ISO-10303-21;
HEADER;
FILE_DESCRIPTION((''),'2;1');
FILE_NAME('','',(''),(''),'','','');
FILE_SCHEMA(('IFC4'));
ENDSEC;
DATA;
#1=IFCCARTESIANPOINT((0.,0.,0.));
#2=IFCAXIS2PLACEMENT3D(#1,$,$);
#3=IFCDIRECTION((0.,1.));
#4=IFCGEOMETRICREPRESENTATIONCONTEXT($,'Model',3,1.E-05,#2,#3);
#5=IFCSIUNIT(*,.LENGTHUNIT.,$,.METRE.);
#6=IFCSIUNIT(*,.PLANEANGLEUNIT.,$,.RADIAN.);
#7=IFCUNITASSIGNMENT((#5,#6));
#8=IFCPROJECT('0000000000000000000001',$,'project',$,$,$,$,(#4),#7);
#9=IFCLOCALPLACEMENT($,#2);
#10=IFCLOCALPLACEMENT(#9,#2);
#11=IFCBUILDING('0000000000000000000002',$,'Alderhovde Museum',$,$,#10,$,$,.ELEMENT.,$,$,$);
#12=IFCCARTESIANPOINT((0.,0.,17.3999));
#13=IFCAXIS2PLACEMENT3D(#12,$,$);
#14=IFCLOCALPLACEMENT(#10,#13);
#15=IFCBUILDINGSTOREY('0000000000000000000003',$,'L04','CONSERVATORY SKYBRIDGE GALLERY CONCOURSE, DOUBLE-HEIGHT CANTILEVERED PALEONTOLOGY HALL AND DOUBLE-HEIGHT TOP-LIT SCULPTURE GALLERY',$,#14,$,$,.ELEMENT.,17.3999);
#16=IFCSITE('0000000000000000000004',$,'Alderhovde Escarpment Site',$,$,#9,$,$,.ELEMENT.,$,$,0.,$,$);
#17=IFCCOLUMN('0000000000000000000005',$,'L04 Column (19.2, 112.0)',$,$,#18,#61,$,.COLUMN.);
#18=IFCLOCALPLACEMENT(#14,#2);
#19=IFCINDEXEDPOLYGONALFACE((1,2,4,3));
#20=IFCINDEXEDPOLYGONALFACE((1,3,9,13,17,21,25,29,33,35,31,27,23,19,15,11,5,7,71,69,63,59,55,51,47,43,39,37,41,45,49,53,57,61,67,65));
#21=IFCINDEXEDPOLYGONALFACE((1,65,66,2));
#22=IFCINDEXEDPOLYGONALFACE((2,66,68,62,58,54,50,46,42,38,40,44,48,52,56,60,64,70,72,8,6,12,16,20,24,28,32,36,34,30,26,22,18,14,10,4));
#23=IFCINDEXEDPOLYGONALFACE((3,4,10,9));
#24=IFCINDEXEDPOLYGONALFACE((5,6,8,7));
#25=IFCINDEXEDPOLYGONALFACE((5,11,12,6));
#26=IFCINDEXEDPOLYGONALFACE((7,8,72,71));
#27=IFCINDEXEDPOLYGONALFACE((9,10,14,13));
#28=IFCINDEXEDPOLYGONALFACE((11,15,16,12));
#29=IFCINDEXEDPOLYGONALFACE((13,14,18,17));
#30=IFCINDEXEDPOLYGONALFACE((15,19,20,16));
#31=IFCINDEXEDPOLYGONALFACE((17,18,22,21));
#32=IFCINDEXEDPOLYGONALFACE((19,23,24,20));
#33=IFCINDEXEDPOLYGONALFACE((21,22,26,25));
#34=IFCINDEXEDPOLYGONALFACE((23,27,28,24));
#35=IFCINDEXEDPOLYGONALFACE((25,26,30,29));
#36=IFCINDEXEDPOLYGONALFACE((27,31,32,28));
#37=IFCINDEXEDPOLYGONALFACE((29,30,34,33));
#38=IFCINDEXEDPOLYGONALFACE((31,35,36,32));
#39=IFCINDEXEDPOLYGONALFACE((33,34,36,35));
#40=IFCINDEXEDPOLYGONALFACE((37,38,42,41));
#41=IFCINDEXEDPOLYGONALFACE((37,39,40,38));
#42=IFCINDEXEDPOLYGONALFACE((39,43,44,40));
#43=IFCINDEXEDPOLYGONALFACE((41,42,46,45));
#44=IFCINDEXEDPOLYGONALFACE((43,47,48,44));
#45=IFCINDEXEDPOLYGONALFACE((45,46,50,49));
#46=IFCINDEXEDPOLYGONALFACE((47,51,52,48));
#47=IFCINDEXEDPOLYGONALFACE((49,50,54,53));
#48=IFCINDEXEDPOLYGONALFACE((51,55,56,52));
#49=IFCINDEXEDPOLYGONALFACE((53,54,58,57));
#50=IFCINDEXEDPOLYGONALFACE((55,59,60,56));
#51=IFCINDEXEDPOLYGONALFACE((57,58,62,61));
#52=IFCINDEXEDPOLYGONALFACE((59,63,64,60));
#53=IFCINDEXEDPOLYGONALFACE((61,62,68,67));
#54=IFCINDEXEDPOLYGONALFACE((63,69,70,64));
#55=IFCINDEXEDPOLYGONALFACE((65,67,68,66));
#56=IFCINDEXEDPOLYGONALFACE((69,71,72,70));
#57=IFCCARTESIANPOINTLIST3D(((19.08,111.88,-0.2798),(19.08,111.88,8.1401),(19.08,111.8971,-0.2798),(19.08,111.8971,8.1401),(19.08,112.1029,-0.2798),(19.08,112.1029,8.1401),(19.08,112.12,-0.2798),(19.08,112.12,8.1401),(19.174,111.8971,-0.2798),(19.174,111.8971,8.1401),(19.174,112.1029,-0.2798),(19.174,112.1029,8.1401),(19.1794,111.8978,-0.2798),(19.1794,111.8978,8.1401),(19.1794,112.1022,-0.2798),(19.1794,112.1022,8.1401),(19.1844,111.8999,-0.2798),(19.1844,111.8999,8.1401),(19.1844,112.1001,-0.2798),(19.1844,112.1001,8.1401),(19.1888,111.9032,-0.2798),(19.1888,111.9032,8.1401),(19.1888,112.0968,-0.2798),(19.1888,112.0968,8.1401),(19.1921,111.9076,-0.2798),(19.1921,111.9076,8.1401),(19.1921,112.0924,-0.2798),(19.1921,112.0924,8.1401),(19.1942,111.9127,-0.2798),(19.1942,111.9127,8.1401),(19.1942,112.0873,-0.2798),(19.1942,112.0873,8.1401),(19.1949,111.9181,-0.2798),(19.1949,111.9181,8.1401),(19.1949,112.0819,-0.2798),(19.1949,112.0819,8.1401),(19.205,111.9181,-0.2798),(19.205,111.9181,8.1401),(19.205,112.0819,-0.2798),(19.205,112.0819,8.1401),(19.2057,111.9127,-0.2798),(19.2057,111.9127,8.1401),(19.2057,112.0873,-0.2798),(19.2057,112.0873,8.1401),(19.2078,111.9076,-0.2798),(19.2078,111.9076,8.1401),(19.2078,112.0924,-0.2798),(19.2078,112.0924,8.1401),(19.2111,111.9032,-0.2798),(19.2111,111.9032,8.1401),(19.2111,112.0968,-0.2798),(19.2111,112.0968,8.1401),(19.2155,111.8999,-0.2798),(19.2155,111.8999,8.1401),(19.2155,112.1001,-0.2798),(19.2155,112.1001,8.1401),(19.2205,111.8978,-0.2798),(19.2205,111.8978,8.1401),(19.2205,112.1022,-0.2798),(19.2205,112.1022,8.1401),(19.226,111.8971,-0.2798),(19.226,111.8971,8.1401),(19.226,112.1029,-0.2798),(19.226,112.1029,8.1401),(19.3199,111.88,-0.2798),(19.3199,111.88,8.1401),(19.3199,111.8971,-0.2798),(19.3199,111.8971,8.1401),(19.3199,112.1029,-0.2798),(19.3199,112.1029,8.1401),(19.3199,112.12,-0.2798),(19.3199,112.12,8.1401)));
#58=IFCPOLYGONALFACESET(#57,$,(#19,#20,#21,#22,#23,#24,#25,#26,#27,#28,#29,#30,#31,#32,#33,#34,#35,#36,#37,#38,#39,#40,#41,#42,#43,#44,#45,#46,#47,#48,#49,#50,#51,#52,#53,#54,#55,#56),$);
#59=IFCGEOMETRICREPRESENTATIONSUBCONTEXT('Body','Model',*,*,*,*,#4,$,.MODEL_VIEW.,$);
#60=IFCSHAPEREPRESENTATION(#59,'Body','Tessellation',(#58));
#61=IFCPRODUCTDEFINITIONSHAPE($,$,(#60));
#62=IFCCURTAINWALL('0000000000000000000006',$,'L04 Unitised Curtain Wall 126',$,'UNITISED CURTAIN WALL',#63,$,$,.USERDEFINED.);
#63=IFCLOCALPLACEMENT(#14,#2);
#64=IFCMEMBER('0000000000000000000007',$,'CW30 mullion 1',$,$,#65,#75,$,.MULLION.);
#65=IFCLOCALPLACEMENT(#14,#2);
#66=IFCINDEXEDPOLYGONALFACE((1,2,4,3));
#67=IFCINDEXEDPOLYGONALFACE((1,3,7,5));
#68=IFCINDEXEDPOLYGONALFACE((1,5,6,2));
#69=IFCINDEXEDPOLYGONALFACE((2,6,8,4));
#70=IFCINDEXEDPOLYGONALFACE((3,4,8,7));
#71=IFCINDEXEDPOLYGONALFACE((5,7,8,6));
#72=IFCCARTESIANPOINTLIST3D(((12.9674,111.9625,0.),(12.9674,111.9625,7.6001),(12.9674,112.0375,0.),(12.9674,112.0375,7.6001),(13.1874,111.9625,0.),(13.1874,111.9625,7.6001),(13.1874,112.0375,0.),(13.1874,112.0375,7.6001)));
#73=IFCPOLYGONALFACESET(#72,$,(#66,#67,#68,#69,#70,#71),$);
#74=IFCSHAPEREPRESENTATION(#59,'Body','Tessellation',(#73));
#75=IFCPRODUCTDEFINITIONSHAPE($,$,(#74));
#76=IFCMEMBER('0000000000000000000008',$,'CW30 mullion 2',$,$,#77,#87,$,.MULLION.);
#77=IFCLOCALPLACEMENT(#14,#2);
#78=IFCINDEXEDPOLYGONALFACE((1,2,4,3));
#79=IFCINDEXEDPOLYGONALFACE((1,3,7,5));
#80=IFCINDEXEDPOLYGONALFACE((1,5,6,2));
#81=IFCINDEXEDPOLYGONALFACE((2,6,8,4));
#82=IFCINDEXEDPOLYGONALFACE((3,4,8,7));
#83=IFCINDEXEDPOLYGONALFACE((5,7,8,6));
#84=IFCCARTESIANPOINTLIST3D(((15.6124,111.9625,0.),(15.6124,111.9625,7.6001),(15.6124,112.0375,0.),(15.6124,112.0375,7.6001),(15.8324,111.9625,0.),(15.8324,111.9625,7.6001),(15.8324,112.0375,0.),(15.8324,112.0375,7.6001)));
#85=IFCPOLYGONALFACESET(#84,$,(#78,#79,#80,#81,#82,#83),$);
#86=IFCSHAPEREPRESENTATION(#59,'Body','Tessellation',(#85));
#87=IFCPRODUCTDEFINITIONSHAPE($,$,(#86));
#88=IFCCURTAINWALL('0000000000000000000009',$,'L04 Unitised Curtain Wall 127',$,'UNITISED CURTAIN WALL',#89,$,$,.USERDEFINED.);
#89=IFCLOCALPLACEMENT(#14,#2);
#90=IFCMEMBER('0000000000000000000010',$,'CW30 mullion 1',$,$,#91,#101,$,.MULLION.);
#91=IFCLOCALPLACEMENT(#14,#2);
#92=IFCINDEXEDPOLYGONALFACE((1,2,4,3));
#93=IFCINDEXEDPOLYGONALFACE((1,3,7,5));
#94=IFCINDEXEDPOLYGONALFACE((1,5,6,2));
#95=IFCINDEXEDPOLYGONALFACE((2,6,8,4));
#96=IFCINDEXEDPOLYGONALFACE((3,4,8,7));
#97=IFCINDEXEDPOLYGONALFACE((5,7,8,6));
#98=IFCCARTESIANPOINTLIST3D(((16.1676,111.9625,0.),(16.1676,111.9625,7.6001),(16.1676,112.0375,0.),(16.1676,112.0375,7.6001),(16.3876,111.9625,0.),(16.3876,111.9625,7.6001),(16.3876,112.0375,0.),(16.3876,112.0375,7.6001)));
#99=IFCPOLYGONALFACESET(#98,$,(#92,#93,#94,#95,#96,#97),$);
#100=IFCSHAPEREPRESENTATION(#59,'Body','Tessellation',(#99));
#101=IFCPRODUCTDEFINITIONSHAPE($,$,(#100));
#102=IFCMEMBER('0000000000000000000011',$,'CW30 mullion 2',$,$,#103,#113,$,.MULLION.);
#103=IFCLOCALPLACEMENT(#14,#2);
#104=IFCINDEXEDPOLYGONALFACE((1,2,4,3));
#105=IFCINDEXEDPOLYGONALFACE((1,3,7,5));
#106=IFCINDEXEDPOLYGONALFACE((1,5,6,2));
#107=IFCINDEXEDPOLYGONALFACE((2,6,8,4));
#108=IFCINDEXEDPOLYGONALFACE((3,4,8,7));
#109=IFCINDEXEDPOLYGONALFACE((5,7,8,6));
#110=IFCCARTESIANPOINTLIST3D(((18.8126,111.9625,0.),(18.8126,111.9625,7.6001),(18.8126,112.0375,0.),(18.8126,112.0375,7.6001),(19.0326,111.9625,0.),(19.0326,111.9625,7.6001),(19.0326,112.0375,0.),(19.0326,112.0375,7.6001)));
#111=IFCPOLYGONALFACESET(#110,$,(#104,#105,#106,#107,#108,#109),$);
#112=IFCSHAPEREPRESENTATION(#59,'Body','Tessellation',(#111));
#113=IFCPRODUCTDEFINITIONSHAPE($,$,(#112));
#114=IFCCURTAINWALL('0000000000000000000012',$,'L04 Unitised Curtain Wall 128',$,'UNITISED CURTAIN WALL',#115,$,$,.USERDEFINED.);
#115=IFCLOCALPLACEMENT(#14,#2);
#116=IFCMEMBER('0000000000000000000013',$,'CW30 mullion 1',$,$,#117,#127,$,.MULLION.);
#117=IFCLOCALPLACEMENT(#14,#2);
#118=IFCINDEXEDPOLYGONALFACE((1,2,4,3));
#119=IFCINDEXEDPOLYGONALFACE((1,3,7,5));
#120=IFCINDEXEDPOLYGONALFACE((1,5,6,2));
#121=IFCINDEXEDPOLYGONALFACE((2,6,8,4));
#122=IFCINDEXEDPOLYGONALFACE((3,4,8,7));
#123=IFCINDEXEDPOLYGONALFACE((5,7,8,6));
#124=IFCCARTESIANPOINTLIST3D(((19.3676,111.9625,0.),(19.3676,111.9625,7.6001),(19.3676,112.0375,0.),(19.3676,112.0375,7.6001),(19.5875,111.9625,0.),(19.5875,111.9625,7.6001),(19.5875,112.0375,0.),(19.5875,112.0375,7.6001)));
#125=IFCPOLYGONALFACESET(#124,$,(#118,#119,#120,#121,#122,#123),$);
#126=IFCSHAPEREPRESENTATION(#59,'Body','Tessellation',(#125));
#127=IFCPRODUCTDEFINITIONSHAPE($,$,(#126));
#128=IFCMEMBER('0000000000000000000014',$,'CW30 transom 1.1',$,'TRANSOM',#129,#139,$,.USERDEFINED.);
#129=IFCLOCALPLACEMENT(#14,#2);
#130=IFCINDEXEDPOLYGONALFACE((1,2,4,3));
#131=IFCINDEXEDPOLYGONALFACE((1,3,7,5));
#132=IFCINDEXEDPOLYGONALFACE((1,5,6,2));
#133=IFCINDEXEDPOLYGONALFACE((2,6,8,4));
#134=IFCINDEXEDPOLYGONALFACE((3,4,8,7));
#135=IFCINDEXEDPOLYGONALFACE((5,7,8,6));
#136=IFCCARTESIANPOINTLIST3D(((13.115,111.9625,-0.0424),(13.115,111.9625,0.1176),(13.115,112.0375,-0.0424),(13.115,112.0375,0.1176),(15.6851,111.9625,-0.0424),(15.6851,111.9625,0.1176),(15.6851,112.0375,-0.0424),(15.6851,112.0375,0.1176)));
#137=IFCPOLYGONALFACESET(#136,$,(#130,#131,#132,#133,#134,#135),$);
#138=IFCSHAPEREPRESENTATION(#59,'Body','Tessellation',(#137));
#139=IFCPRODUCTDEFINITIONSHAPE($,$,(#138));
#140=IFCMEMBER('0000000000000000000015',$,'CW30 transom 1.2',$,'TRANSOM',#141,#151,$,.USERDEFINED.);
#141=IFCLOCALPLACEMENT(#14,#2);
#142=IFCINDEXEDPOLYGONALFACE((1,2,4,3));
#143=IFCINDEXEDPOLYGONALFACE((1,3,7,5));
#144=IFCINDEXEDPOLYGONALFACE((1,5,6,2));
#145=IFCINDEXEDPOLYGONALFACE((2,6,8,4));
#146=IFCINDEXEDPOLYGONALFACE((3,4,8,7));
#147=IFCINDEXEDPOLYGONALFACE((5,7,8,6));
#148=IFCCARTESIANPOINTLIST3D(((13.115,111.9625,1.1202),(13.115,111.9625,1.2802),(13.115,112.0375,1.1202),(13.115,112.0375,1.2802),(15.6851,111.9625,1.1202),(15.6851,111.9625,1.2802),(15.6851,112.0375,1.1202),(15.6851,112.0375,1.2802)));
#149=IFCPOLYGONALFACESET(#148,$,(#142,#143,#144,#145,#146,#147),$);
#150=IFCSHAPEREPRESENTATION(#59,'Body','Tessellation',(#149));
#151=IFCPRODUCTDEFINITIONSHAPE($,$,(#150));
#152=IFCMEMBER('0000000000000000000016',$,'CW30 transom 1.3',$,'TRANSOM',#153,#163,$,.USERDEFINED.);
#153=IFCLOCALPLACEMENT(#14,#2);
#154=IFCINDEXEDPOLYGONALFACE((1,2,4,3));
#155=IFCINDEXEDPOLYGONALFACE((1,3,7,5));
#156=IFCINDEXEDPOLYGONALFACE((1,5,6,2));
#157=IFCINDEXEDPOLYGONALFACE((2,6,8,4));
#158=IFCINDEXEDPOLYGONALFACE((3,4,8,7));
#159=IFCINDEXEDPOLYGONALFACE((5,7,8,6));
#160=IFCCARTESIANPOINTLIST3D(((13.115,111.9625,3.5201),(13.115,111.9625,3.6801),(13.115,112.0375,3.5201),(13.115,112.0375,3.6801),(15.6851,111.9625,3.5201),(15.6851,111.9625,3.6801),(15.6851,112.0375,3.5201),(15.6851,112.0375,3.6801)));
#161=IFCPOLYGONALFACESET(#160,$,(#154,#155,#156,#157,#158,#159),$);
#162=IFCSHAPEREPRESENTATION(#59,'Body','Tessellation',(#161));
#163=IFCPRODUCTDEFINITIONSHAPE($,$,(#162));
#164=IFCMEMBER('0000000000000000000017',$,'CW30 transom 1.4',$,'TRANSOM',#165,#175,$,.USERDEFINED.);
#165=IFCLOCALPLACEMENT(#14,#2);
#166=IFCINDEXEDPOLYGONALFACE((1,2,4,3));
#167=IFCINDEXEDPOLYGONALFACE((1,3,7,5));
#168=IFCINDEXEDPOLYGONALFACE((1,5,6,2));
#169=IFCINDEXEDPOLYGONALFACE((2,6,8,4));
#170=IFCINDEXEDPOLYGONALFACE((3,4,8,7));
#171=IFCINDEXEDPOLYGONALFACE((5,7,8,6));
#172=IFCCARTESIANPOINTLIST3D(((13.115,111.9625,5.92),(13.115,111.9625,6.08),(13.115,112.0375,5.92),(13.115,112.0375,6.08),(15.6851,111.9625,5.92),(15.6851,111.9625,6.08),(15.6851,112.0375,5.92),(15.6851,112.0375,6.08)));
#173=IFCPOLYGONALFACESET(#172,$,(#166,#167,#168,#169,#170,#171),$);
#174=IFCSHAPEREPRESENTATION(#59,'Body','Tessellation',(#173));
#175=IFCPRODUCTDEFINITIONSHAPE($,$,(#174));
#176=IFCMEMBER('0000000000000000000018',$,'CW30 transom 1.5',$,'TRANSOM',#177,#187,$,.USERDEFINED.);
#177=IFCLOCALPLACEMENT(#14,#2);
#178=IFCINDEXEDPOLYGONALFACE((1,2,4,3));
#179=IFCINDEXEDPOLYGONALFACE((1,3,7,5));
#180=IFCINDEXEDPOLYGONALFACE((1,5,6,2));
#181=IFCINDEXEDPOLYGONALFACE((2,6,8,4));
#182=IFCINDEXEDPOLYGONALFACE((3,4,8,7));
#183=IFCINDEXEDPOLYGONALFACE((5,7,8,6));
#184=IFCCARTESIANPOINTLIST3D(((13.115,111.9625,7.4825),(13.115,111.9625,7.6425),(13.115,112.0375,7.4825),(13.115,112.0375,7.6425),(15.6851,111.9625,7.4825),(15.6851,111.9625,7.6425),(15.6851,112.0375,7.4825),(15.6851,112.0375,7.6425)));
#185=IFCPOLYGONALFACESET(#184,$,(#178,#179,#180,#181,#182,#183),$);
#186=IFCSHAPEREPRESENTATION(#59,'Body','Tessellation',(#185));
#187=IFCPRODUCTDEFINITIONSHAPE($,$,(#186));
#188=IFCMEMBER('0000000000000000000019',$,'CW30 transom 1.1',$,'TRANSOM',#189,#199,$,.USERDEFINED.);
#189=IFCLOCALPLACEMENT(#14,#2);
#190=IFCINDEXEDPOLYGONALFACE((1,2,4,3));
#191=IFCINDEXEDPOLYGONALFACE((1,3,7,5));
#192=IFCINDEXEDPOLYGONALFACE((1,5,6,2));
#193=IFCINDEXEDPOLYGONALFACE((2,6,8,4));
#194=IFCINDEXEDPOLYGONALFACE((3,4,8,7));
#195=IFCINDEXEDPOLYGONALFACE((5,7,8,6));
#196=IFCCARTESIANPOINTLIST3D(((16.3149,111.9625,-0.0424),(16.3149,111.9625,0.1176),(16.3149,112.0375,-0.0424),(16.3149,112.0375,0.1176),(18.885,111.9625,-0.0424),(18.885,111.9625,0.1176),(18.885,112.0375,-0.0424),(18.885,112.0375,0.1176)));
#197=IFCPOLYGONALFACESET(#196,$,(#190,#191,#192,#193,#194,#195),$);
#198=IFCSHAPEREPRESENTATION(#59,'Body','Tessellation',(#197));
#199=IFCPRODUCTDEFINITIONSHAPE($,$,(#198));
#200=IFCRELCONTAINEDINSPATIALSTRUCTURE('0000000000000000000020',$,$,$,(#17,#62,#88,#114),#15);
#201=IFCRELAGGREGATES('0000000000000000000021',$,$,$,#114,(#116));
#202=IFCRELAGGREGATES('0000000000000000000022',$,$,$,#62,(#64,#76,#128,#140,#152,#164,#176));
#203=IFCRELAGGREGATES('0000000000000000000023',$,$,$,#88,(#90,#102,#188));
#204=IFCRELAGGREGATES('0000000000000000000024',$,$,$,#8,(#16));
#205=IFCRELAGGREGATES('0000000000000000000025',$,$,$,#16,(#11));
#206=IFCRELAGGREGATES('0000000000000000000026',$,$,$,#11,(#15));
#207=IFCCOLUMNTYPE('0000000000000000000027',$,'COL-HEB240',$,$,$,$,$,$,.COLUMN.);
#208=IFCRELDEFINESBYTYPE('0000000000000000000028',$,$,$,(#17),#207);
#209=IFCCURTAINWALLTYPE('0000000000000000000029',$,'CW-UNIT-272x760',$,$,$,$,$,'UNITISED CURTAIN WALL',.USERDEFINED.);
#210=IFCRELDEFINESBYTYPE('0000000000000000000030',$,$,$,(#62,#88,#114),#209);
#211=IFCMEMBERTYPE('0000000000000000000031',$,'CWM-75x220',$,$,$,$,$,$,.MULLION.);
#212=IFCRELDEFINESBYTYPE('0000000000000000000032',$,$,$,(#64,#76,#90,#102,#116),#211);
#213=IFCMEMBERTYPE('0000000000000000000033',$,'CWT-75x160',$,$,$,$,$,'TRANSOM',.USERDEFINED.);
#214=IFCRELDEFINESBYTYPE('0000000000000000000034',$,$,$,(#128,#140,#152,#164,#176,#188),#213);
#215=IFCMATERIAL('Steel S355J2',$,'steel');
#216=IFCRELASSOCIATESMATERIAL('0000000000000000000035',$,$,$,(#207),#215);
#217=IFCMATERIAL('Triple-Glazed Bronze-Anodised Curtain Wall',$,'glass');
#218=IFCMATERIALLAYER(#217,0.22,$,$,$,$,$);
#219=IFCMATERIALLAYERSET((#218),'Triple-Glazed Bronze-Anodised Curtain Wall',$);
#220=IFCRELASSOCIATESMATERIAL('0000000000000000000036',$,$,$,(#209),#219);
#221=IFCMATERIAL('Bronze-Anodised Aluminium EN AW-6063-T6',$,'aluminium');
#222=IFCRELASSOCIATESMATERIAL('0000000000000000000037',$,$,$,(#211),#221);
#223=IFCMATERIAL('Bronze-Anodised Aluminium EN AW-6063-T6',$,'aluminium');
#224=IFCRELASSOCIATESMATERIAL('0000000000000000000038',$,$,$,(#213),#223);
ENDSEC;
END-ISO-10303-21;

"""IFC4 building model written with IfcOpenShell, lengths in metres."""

from ifc_helpers import new_model, si_unit, direction, frame, origin, origin_2d, place, context, subcontext, project, spatial, rectangle, i_section, extrude, material, layer, layer_set, material_profile, profile_set, type_object, element, aggregate, save


model = new_model("IFC4")

# Units and contexts
model_context = context("Model", 3, precision=1e-05, world=origin(), true_north=direction((0.0, 1.0)))
body_context = subcontext(model_context, "Body", "Model", "MODEL_VIEW")
ifc_project = project(units=[si_unit("LENGTHUNIT", "METRE"), si_unit("PLANEANGLEUNIT", "RADIAN")], contexts=[model_context])

# Site, building, storey
site_placement = place(None, origin())
site = spatial("IfcSite", under=ifc_project, at=site_placement, Name="Alderhovde Escarpment Site", CompositionType="ELEMENT", RefElevation=0.0)
building_placement = place(site_placement, origin())
building = spatial("IfcBuilding", under=site, at=building_placement, Name="Alderhovde Museum", CompositionType="ELEMENT")
storey_placement = place(building_placement, frame((0.0, 0.0, 17.3999)))
storey = spatial("IfcBuildingStorey", under=building, at=storey_placement, Name="L04", Description="CONSERVATORY SKYBRIDGE GALLERY CONCOURSE, DOUBLE-HEIGHT CANTILEVERED PALEONTOLOGY HALL AND DOUBLE-HEIGHT TOP-LIT SCULPTURE GALLERY", CompositionType="ELEMENT", Elevation=17.3999)

# Column
ifc_material_1 = material(Name="Steel S355J2", Category="steel")
ifc_material_profile_1 = material_profile(ifc_material_1, i_section(OverallWidth=0.24, OverallDepth=0.24, WebThickness=0.01, FlangeThickness=0.0171, FilletRadius=0.021, at=origin_2d()), Name="HEB 240")
ifc_profile_set_1 = profile_set([ifc_material_profile_1], Name="Steel S355J2")
column_type = type_object("IfcColumnType", Name="COL-HEB240", PredefinedType="COLUMN", material=ifc_profile_set_1)
column_placement = place(storey_placement, frame((19.2, 112.0, -0.2798), z_axis=(0.0, 0.0, 1.0), x_axis=(1.0, 0.0, 0.0)))
element("IfcColumn", 1, at=column_placement, inside=storey, type_object=column_type, Name="L04 Column (19.2, 112.0)", PredefinedType="COLUMN", context=body_context, shape_type="SweptSolid", body=[
    extrude(i_section(OverallWidth=0.24, OverallDepth=0.24, WebThickness=0.01, FlangeThickness=0.0171, FilletRadius=0.021, at=origin_2d()), origin(), (0.0, 0.0, 1.0), 8.4199),
])

# Curtain walls, members
ifc_material_2 = material(Name="Triple-Glazed Bronze-Anodised Curtain Wall", Category="glass")
ifc_layer_1 = layer(ifc_material_2, 0.22)
ifc_layer_set_1 = layer_set([ifc_layer_1], Name="Triple-Glazed Bronze-Anodised Curtain Wall")
curtain_wall_type = type_object("IfcCurtainWallType", Name="CW-UNIT-272x760", ElementType="UNITISED CURTAIN WALL", PredefinedType="USERDEFINED", material=ifc_layer_set_1)
curtain_wall_1_placement = place(storey_placement, origin())
curtain_wall_1 = element("IfcCurtainWall", 2, at=curtain_wall_1_placement, inside=storey, type_object=curtain_wall_type, Name="L04 Unitised Curtain Wall 126", ObjectType="UNITISED CURTAIN WALL", PredefinedType="USERDEFINED")
ifc_material_3 = material(Name="Bronze-Anodised Aluminium EN AW-6063-T6", Category="aluminium")
ifc_material_profile_2 = material_profile(ifc_material_3, rectangle(XDim=0.075, YDim=0.22, at=origin_2d()), Name="MULLION 75x220")
ifc_profile_set_2 = profile_set([ifc_material_profile_2], Name="Bronze-Anodised Aluminium EN AW-6063-T6")
member_type_1 = type_object("IfcMemberType", Name="CWM-75x220", PredefinedType="MULLION", material=ifc_profile_set_2)
member_1_placement = place(storey_placement, frame((13.0774, 112.0, 0.0), z_axis=(0.0, 0.0, 1.0), x_axis=(0.0, 1.0, 0.0)))
member_1 = element("IfcMember", 3, at=member_1_placement, type_object=member_type_1, Name="CW30 mullion 1", PredefinedType="MULLION", context=body_context, shape_type="SweptSolid", body=[
    extrude(rectangle(XDim=0.075, YDim=0.22, at=origin_2d()), origin(), (0.0, 0.0, 1.0), 7.6001),
])
member_2_placement = place(storey_placement, frame((15.7224, 112.0, 0.0), z_axis=(0.0, 0.0, 1.0), x_axis=(0.0, 1.0, 0.0)))
member_2 = element("IfcMember", 4, at=member_2_placement, type_object=member_type_1, Name="CW30 mullion 2", PredefinedType="MULLION", context=body_context, shape_type="SweptSolid", body=[
    extrude(rectangle(XDim=0.075, YDim=0.22, at=origin_2d()), origin(), (0.0, 0.0, 1.0), 7.6001),
])
curtain_wall_2_placement = place(storey_placement, origin())
curtain_wall_2 = element("IfcCurtainWall", 5, at=curtain_wall_2_placement, inside=storey, type_object=curtain_wall_type, Name="L04 Unitised Curtain Wall 127", ObjectType="UNITISED CURTAIN WALL", PredefinedType="USERDEFINED")
member_3_placement = place(storey_placement, frame((16.2776, 112.0, 0.0), z_axis=(0.0, 0.0, 1.0), x_axis=(0.0, 1.0, 0.0)))
member_3 = element("IfcMember", 6, at=member_3_placement, type_object=member_type_1, Name="CW30 mullion 1", PredefinedType="MULLION", context=body_context, shape_type="SweptSolid", body=[
    extrude(rectangle(XDim=0.075, YDim=0.22, at=origin_2d()), origin(), (0.0, 0.0, 1.0), 7.6001),
])
member_4_placement = place(storey_placement, frame((18.9226, 112.0, 0.0), z_axis=(0.0, 0.0, 1.0), x_axis=(0.0, 1.0, 0.0)))
member_4 = element("IfcMember", 7, at=member_4_placement, type_object=member_type_1, Name="CW30 mullion 2", PredefinedType="MULLION", context=body_context, shape_type="SweptSolid", body=[
    extrude(rectangle(XDim=0.075, YDim=0.22, at=origin_2d()), origin(), (0.0, 0.0, 1.0), 7.6001),
])

# Curtain wall, member
curtain_wall_3_placement = place(storey_placement, origin())
curtain_wall_3 = element("IfcCurtainWall", 8, at=curtain_wall_3_placement, inside=storey, type_object=curtain_wall_type, Name="L04 Unitised Curtain Wall 128", ObjectType="UNITISED CURTAIN WALL", PredefinedType="USERDEFINED")
member_5_placement = place(storey_placement, frame((19.4775, 112.0, 0.0), z_axis=(0.0, 0.0, 1.0), x_axis=(0.0, 1.0, 0.0)))
member_5 = element("IfcMember", 9, at=member_5_placement, type_object=member_type_1, Name="CW30 mullion 1", PredefinedType="MULLION", context=body_context, shape_type="SweptSolid", body=[
    extrude(rectangle(XDim=0.075, YDim=0.22, at=origin_2d()), origin(), (0.0, 0.0, 1.0), 7.6001),
])

# Members
ifc_material_4 = material(Name="Bronze-Anodised Aluminium EN AW-6063-T6", Category="aluminium")
ifc_material_profile_3 = material_profile(ifc_material_4, rectangle(XDim=0.075, YDim=0.1599, at=origin_2d()), Name="TRANSOM 75x160")
ifc_profile_set_3 = profile_set([ifc_material_profile_3], Name="Bronze-Anodised Aluminium EN AW-6063-T6")
member_type_2 = type_object("IfcMemberType", Name="CWT-75x160", ElementType="TRANSOM", PredefinedType="USERDEFINED", material=ifc_profile_set_3)
member_6_placement = place(storey_placement, frame((13.115, 112.0, 0.0376), z_axis=(1.0, 0.0, 0.0), x_axis=(0.0, 1.0, 0.0)))
member_6 = element("IfcMember", 10, at=member_6_placement, type_object=member_type_2, Name="CW30 transom 1.1", ObjectType="TRANSOM", PredefinedType="USERDEFINED", context=body_context, shape_type="SweptSolid", body=[
    extrude(rectangle(XDim=0.075, YDim=0.1599, at=origin_2d()), origin(), (0.0, 0.0, 1.0), 2.5701),
])
member_7_placement = place(storey_placement, frame((13.115, 112.0, 1.2002), z_axis=(1.0, 0.0, 0.0), x_axis=(0.0, 1.0, 0.0)))
member_7 = element("IfcMember", 11, at=member_7_placement, type_object=member_type_2, Name="CW30 transom 1.2", ObjectType="TRANSOM", PredefinedType="USERDEFINED", context=body_context, shape_type="SweptSolid", body=[
    extrude(rectangle(XDim=0.075, YDim=0.1599, at=origin_2d()), origin(), (0.0, 0.0, 1.0), 2.5701),
])
member_8_placement = place(storey_placement, frame((13.115, 112.0, 3.6001), z_axis=(1.0, 0.0, 0.0), x_axis=(0.0, 1.0, 0.0)))
member_8 = element("IfcMember", 12, at=member_8_placement, type_object=member_type_2, Name="CW30 transom 1.3", ObjectType="TRANSOM", PredefinedType="USERDEFINED", context=body_context, shape_type="SweptSolid", body=[
    extrude(rectangle(XDim=0.075, YDim=0.1599, at=origin_2d()), origin(), (0.0, 0.0, 1.0), 2.5701),
])
member_9_placement = place(storey_placement, frame((13.115, 112.0, 6.0), z_axis=(1.0, 0.0, 0.0), x_axis=(0.0, 1.0, 0.0)))
member_9 = element("IfcMember", 13, at=member_9_placement, type_object=member_type_2, Name="CW30 transom 1.4", ObjectType="TRANSOM", PredefinedType="USERDEFINED", context=body_context, shape_type="SweptSolid", body=[
    extrude(rectangle(XDim=0.075, YDim=0.1599, at=origin_2d()), origin(), (0.0, 0.0, 1.0), 2.5701),
])
member_10_placement = place(storey_placement, frame((13.115, 112.0, 7.5625), z_axis=(1.0, 0.0, 0.0), x_axis=(0.0, 1.0, 0.0)))
member_10 = element("IfcMember", 14, at=member_10_placement, type_object=member_type_2, Name="CW30 transom 1.5", ObjectType="TRANSOM", PredefinedType="USERDEFINED", context=body_context, shape_type="SweptSolid", body=[
    extrude(rectangle(XDim=0.075, YDim=0.1599, at=origin_2d()), origin(), (0.0, 0.0, 1.0), 2.5701),
])
member_11_placement = place(storey_placement, frame((16.3149, 112.0, 0.0376), z_axis=(1.0, 0.0, 0.0), x_axis=(0.0, 1.0, 0.0)))
member_11 = element("IfcMember", 15, at=member_11_placement, type_object=member_type_2, Name="CW30 transom 1.1", ObjectType="TRANSOM", PredefinedType="USERDEFINED", context=body_context, shape_type="SweptSolid", body=[
    extrude(rectangle(XDim=0.075, YDim=0.1599, at=origin_2d()), origin(), (0.0, 0.0, 1.0), 2.5701),
])
aggregate(curtain_wall_3, [member_5])

aggregate(curtain_wall_1, [member_1, member_2, member_6, member_7, member_8, member_9, member_10])
aggregate(curtain_wall_2, [member_3, member_4, member_11])

save(model, "model.ifc")
